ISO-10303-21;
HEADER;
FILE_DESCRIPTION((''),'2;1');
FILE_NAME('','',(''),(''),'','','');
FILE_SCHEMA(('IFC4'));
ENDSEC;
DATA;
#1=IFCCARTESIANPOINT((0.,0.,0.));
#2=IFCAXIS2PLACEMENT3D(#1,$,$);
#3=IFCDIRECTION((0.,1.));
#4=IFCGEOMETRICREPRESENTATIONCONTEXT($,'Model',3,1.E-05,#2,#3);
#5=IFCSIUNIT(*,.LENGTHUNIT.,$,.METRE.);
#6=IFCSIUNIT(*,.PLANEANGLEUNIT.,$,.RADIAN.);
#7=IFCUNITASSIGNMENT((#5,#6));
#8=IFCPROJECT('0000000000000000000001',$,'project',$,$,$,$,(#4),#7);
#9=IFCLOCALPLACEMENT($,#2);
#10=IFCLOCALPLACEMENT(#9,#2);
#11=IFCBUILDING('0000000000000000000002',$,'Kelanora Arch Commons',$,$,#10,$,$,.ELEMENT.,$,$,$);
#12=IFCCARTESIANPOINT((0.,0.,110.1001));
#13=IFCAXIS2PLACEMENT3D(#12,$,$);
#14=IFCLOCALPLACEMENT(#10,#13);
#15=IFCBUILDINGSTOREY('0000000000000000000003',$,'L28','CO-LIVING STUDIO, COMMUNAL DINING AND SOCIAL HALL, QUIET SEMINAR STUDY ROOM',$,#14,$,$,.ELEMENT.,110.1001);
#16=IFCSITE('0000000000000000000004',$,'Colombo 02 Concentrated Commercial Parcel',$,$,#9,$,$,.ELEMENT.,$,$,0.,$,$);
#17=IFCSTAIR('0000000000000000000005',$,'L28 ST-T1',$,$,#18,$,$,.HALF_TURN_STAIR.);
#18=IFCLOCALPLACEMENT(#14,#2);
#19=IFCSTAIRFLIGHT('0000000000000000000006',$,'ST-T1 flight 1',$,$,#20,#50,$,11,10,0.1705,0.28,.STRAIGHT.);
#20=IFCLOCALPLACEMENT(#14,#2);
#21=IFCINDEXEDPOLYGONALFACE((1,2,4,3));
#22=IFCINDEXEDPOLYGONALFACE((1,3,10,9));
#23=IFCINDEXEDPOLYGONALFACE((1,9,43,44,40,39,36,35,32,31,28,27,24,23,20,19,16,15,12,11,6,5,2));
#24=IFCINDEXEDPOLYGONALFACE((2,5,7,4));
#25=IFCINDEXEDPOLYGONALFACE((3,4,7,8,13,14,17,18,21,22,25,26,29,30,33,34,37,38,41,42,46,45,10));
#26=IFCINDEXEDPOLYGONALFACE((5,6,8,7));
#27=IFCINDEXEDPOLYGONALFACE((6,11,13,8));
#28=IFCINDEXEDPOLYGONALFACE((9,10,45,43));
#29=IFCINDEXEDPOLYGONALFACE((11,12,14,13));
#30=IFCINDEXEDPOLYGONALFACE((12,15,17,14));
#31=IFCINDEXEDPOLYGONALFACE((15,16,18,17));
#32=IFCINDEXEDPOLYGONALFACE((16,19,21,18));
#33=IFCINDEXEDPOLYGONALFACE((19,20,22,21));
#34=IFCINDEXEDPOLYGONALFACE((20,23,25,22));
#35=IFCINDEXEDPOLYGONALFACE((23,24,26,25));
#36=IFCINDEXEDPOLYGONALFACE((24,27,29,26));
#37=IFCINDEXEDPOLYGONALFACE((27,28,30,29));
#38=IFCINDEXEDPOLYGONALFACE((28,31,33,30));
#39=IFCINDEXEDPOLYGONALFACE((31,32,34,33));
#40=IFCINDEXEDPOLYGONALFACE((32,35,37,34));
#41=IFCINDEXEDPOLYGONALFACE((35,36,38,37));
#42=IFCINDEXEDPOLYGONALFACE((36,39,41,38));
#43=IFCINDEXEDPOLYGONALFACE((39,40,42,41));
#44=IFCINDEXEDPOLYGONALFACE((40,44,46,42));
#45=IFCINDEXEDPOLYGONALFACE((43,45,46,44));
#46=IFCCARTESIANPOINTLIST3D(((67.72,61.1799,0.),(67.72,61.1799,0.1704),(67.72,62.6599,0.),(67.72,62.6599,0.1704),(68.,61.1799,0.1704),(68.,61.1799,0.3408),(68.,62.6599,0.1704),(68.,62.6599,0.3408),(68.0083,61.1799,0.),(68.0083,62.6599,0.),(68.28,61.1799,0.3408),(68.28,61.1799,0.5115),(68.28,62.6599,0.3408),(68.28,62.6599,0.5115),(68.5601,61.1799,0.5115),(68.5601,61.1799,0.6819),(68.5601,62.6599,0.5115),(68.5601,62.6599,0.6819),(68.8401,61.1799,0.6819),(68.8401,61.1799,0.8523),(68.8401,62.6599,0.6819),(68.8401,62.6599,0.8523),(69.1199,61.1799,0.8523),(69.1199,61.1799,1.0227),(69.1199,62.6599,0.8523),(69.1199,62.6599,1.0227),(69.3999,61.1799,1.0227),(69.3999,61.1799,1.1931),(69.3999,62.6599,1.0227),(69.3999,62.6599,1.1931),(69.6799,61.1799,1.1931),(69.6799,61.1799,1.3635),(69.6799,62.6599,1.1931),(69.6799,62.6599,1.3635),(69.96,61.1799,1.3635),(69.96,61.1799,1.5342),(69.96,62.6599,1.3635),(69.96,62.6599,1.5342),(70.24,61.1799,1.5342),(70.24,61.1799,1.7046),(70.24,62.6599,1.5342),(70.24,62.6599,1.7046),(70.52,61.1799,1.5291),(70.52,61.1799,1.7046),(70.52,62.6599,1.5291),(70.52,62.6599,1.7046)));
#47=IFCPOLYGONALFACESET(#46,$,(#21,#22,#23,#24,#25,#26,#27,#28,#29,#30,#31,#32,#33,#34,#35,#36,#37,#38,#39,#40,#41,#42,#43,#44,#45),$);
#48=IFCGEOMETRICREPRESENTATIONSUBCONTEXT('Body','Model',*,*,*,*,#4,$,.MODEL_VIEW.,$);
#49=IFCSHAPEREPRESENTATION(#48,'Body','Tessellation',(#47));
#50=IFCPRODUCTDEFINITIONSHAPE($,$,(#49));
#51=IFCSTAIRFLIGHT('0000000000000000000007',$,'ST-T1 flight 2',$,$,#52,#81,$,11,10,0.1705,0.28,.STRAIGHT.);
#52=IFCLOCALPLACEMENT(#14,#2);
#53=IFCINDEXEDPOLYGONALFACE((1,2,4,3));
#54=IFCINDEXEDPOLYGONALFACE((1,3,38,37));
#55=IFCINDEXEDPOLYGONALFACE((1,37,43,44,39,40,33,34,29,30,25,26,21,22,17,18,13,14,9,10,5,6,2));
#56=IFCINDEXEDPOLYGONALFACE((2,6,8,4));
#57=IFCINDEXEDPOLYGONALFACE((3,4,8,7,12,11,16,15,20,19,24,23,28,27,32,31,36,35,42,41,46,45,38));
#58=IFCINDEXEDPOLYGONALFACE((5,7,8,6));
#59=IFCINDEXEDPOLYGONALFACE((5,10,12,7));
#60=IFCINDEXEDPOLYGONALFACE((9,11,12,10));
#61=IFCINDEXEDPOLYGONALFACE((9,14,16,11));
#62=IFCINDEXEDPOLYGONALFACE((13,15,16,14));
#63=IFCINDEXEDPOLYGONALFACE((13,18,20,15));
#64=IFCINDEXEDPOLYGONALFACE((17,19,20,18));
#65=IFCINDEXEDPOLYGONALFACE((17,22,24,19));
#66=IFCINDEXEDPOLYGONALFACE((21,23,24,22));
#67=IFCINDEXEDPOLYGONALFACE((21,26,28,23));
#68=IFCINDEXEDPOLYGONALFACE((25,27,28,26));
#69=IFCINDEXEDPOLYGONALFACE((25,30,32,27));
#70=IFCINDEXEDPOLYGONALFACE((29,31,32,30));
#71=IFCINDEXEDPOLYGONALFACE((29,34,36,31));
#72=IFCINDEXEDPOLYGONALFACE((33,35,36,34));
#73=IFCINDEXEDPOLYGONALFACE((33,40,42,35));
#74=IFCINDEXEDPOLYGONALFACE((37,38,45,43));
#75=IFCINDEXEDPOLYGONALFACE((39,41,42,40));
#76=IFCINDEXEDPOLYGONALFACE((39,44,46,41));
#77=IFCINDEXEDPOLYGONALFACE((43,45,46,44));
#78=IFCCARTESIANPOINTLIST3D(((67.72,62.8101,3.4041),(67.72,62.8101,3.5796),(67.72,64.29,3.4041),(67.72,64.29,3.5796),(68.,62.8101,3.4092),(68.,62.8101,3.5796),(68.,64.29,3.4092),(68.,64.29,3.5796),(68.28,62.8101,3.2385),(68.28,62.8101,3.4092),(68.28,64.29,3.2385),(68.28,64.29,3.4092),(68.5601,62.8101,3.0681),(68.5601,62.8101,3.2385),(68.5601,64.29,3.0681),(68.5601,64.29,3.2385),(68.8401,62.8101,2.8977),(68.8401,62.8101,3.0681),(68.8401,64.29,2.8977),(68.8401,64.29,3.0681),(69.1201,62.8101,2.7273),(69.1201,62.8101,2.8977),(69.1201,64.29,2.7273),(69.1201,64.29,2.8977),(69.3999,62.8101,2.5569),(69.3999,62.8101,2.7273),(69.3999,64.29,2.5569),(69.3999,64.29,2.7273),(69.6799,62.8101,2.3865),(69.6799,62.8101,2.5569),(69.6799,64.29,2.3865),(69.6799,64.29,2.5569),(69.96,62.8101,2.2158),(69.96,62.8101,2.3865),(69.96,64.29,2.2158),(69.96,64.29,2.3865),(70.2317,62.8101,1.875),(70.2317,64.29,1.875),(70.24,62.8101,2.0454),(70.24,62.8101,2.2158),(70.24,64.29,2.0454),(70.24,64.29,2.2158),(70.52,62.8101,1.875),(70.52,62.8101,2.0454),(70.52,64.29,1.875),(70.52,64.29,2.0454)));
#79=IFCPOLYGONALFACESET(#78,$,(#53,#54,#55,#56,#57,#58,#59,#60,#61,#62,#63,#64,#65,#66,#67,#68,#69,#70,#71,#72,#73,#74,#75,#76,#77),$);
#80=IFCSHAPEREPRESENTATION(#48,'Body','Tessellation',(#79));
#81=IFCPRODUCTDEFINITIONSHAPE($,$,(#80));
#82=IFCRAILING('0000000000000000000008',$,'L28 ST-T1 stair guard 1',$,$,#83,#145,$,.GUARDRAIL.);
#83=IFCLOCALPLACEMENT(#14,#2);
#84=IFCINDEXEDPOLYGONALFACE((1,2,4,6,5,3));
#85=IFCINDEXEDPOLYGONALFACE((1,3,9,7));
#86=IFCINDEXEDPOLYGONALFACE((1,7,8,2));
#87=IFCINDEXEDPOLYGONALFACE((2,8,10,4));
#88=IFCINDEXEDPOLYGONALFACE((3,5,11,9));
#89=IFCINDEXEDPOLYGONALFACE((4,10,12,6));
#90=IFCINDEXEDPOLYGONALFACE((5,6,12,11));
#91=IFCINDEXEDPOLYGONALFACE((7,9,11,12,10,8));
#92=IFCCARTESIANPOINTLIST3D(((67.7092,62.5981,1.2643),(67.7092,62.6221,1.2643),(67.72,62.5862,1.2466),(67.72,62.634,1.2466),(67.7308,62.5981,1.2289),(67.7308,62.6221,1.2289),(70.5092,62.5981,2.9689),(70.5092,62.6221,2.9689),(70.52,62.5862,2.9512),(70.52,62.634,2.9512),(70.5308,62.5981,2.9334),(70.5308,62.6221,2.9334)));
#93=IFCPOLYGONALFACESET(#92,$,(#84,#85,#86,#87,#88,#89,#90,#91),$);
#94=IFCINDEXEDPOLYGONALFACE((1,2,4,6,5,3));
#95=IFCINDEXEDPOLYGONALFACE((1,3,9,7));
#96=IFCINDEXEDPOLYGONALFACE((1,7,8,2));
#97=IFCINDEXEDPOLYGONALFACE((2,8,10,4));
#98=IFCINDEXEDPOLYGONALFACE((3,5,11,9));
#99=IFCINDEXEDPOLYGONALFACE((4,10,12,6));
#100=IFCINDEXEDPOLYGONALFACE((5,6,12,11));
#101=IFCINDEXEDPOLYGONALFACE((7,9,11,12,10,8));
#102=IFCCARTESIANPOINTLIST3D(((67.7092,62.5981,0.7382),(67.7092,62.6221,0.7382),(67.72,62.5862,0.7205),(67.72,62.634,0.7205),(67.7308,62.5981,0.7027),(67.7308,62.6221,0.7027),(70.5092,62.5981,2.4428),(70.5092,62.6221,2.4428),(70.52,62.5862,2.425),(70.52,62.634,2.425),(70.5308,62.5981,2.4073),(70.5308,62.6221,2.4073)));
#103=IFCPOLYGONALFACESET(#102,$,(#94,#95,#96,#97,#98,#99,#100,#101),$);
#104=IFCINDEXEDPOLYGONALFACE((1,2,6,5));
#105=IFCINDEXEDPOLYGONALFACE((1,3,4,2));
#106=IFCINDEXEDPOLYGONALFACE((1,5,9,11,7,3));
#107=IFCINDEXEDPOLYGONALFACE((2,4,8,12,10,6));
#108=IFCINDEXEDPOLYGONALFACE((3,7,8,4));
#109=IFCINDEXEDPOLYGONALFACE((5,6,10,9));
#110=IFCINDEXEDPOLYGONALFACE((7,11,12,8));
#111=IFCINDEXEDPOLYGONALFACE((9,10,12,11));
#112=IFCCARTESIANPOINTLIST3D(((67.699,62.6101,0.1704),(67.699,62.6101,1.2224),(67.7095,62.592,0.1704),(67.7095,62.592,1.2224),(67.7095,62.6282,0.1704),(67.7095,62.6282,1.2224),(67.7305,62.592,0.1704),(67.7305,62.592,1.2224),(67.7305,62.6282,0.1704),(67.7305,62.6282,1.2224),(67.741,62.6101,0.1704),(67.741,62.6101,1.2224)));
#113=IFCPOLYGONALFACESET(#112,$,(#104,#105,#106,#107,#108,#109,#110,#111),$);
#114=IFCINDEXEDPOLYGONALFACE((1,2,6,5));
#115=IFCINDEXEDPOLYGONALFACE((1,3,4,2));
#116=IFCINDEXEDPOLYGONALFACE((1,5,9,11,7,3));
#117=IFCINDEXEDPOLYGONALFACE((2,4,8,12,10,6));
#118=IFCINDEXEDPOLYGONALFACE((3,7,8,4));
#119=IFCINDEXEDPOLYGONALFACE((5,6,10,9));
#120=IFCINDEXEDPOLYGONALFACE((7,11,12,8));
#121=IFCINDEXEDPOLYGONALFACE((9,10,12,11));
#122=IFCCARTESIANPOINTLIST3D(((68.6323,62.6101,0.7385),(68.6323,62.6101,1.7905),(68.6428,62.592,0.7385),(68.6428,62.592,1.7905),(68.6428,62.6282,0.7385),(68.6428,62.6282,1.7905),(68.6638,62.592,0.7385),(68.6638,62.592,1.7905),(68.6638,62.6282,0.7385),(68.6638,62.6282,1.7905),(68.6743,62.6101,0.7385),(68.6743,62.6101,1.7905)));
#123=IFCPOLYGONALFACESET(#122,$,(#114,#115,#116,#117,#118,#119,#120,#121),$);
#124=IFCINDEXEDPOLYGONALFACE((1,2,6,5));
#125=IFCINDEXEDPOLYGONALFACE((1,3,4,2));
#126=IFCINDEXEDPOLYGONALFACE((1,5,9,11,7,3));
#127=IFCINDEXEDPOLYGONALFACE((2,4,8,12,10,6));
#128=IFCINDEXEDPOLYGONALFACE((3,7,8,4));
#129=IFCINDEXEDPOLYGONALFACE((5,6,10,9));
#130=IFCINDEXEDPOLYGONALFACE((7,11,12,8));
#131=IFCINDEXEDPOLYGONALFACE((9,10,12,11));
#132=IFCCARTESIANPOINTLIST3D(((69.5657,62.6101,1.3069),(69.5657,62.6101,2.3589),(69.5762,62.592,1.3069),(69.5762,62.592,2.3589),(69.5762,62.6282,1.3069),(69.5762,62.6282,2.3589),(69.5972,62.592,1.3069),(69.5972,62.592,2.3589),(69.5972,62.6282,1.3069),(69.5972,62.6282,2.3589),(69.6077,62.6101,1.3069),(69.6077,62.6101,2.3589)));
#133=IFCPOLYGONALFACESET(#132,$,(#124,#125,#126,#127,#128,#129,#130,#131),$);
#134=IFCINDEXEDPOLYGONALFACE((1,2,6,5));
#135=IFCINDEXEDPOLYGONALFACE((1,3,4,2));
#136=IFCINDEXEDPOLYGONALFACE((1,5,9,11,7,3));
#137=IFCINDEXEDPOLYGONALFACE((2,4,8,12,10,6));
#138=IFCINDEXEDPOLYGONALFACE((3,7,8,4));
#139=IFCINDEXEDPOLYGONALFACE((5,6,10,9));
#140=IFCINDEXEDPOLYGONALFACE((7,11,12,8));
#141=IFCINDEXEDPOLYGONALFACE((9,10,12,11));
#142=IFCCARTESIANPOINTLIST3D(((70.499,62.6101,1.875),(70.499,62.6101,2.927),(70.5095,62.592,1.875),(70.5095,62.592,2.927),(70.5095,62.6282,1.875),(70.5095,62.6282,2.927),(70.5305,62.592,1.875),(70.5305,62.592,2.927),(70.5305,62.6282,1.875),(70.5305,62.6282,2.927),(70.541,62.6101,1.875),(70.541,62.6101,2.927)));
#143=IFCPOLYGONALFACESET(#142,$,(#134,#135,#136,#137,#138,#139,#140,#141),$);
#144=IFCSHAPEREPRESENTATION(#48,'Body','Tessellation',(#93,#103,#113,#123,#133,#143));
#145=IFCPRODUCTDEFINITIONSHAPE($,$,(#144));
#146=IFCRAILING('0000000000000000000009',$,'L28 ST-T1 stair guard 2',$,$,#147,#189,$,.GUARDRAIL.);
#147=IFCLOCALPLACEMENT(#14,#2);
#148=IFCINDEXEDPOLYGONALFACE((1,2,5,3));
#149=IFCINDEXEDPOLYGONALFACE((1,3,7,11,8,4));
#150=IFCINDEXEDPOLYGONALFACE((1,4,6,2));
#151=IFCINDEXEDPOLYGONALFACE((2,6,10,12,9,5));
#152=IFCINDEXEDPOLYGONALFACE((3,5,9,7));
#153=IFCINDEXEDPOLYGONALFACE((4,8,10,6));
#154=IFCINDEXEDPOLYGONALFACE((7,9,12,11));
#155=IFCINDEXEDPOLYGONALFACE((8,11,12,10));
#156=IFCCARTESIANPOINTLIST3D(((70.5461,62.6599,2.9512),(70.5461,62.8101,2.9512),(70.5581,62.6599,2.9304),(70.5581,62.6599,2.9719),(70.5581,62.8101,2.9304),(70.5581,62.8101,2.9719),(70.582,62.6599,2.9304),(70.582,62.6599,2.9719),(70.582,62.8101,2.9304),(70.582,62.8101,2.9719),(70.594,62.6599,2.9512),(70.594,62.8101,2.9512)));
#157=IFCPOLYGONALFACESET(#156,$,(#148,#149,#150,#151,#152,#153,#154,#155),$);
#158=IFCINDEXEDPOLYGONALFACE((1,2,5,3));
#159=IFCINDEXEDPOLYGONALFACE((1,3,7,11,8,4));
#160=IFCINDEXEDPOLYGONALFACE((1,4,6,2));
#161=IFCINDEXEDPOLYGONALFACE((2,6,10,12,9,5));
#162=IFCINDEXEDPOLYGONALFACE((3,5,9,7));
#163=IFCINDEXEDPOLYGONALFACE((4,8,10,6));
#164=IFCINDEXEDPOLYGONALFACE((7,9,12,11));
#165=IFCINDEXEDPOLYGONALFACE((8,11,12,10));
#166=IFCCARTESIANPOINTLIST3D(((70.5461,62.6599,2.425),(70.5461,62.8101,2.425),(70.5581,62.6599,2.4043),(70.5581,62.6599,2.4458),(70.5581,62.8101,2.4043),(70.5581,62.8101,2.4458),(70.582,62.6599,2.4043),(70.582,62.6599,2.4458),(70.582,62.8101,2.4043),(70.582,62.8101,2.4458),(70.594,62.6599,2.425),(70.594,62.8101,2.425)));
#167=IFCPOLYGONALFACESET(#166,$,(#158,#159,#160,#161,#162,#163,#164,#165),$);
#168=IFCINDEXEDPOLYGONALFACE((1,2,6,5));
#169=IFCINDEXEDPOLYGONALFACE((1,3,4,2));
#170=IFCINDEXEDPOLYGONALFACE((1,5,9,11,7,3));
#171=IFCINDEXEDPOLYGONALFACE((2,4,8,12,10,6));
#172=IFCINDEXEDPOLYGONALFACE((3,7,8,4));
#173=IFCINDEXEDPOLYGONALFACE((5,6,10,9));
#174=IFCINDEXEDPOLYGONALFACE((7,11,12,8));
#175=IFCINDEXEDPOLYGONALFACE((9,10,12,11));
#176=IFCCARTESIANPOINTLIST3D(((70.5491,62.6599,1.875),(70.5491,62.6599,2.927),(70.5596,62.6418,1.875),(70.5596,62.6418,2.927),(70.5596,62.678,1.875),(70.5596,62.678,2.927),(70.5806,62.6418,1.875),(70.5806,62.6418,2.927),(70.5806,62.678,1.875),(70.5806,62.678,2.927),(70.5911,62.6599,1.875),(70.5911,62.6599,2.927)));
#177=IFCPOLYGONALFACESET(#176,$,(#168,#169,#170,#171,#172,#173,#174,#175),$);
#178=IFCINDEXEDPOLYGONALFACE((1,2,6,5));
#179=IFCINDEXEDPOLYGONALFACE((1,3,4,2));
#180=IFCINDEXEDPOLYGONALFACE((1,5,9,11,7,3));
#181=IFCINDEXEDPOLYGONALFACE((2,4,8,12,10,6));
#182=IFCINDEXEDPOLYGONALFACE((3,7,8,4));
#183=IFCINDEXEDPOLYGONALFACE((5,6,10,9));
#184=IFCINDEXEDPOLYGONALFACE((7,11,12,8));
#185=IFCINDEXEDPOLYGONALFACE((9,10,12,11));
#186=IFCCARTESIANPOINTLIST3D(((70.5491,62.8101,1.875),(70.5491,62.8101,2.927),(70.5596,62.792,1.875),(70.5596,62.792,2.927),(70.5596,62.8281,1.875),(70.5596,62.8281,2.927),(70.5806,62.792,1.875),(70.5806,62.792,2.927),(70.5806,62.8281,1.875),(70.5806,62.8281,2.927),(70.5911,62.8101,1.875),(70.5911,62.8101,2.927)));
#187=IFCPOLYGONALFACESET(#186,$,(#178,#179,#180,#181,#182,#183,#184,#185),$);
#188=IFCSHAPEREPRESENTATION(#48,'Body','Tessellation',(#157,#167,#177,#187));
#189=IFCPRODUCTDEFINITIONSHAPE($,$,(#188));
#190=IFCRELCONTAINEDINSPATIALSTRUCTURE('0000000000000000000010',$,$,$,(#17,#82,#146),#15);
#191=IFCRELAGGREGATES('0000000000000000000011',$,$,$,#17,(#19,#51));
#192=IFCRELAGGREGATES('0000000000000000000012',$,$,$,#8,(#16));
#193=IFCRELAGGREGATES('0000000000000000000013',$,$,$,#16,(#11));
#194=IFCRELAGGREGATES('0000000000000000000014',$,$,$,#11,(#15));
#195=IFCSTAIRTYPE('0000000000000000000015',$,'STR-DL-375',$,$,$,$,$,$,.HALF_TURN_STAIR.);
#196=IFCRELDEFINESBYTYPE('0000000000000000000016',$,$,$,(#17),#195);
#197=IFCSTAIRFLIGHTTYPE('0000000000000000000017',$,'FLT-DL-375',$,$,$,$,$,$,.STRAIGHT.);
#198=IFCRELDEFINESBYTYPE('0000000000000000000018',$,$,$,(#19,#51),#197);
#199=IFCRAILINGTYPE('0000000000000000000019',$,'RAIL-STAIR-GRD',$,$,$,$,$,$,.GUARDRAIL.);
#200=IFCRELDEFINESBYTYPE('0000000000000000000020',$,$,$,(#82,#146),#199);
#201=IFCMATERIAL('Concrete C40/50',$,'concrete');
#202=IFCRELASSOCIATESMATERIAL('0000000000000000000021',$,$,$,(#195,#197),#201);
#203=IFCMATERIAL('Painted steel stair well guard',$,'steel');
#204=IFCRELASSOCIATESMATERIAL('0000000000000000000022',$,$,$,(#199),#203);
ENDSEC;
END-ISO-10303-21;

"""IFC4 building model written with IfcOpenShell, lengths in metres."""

from ifc_helpers import new_model, si_unit, direction, frame, origin, place, context, subcontext, project, spatial, polyline, outline, extrude, material, type_object, element, aggregate, save


model = new_model("IFC4")

# Units and contexts
model_context = context("Model", 3, precision=1e-05, world=origin(), true_north=direction((0.0, 1.0)))
body_context = subcontext(model_context, "Body", "Model", "MODEL_VIEW")
ifc_project = project(units=[si_unit("LENGTHUNIT", "METRE"), si_unit("PLANEANGLEUNIT", "RADIAN")], contexts=[model_context])

# Site, building, storey
site_placement = place(None, origin())
site = spatial("IfcSite", under=ifc_project, at=site_placement, Name="Colombo 02 Concentrated Commercial Parcel", CompositionType="ELEMENT", RefElevation=0.0)
building_placement = place(site_placement, origin())
building = spatial("IfcBuilding", under=site, at=building_placement, Name="Kelanora Arch Commons", CompositionType="ELEMENT")
storey_placement = place(building_placement, frame((0.0, 0.0, 110.1001)))
storey = spatial("IfcBuildingStorey", under=building, at=storey_placement, Name="L28", Description="CO-LIVING STUDIO, COMMUNAL DINING AND SOCIAL HALL, QUIET SEMINAR STUDY ROOM", CompositionType="ELEMENT", Elevation=110.1001)

# Shared definitions
ifc_material_1 = material(Name="Concrete C40/50", Category="concrete")

# Stair, stair flights
stair_type = type_object("IfcStairType", Name="STR-DL-375", PredefinedType="HALF_TURN_STAIR", material=ifc_material_1)
stair_placement = place(storey_placement, origin())
stair = element("IfcStair", 1, at=stair_placement, inside=storey, type_object=stair_type, Name="L28 ST-T1", PredefinedType="HALF_TURN_STAIR")
stair_flight_type = type_object("IfcStairFlightType", Name="FLT-DL-375", PredefinedType="STRAIGHT", material=ifc_material_1)
stair_flight_1_placement = place(storey_placement, frame((67.72, 61.9199, 0.0), z_axis=(0.0, 0.0, 1.0), x_axis=(1.0, 0.0, 0.0)))
stair_flight_1 = element("IfcStairFlight", 2, at=stair_flight_1_placement, type_object=stair_flight_type, Name="ST-T1 flight 1", NumberOfRisers=11, NumberOfTreads=10, PredefinedType="STRAIGHT", RiserHeight=0.1705, TreadLength=0.28, context=body_context, shape_type="SweptSolid", body=[
    extrude(outline(polyline([(0.0, 0.0), (0.0, 0.1704), (0.28, 0.1704), (0.28, 0.3408), (0.5601, 0.3408), (0.5601, 0.5115), (0.8401, 0.5115), (0.8401, 0.6819), (1.1201, 0.6819), (1.1201, 0.8523), (1.3999, 0.8523), (1.3999, 1.0227), (1.6799, 1.0227), (1.6799, 1.1931), (1.96, 1.1931), (1.96, 1.3635), (2.24, 1.3635), (2.24, 1.5342), (2.52, 1.5342), (2.52, 1.7046), (2.8, 1.7046), (2.8, 1.875), (2.8, 1.5291), (0.2883, 0.0), (0.0, 0.0)])), frame((0.0, 0.74, 0.0), z_axis=(0.0, -1.0, 0.0), x_axis=(1.0, 0.0, 0.0)), (0.0, 0.0, 1.0), 1.48),
])
stair_flight_2_placement = place(storey_placement, frame((70.52, 63.55, 1.875), z_axis=(0.0, 0.0, 1.0), x_axis=(-1.0, 0.0, 0.0)))
stair_flight_2 = element("IfcStairFlight", 3, at=stair_flight_2_placement, type_object=stair_flight_type, Name="ST-T1 flight 2", NumberOfRisers=11, NumberOfTreads=10, PredefinedType="STRAIGHT", RiserHeight=0.1705, TreadLength=0.28, context=body_context, shape_type="SweptSolid", body=[
    extrude(outline(polyline([(0.0, 0.0), (0.0, 0.1704), (0.28, 0.1704), (0.28, 0.3408), (0.5601, 0.3408), (0.5601, 0.5115), (0.8401, 0.5115), (0.8401, 0.6819), (1.1201, 0.6819), (1.1201, 0.8523), (1.3999, 0.8523), (1.3999, 1.0227), (1.6799, 1.0227), (1.6799, 1.1931), (1.96, 1.1931), (1.96, 1.3635), (2.24, 1.3635), (2.24, 1.5342), (2.52, 1.5342), (2.52, 1.7046), (2.8, 1.7046), (2.8, 1.875), (2.8, 1.5291), (0.2883, 0.0), (0.0, 0.0)])), frame((0.0, 0.74, 0.0), z_axis=(0.0, -1.0, 0.0), x_axis=(1.0, 0.0, 0.0)), (0.0, 0.0, 1.0), 1.48),
])
aggregate(stair, [stair_flight_1, stair_flight_2])

# Railings
ifc_material_2 = material(Name="Painted steel stair well guard", Category="steel")
railing_type_1 = type_object("IfcRailingType", Name="RAIL-STAIR-GRD", PredefinedType="GUARDRAIL", material=ifc_material_2)
railing_1_placement = place(storey_placement, frame((67.72, 62.6101, 0.1704)))
element("IfcRailing", 4, at=railing_1_placement, inside=storey, type_object=railing_type_1, Name="L28 ST-T1 stair guard 1", PredefinedType="GUARDRAIL", context=body_context, shape_type="SweptSolid", body=[
    extrude(outline(polyline([(0.0239, 0.0), (0.012, 0.0208), (-0.012, 0.0208), (-0.0239, 0.0), (-0.012, -0.0208), (0.012, -0.0208), (0.0239, 0.0)])), frame((0.0, 0.0, 1.0762), z_axis=(0.85417, 0.0, 0.519994), x_axis=(0.0, 1.0, 0.0)), (0.0, 0.0, 1.0), 3.2781),
    extrude(outline(polyline([(0.0239, 0.0), (0.012, 0.0208), (-0.012, 0.0208), (-0.0239, 0.0), (-0.012, -0.0208), (0.012, -0.0208), (0.0239, 0.0)])), frame((0.0, 0.0, 0.55), z_axis=(0.85417, 0.0, 0.519994), x_axis=(0.0, 1.0, 0.0)), (0.0, 0.0, 1.0), 3.2781),
    extrude(outline(polyline([(0.021, 0.0), (0.0105, 0.0181), (-0.0105, 0.0181), (-0.021, 0.0), (-0.0105, -0.0181), (0.0105, -0.0181), (0.021, 0.0)])), origin(), (0.0, 0.0, 1.0), 1.052),
    extrude(outline(polyline([(0.021, 0.0), (0.0105, 0.0181), (-0.0105, 0.0181), (-0.021, 0.0), (-0.0105, -0.0181), (0.0105, -0.0181), (0.021, 0.0)])), frame((0.9333, 0.0, 0.5681)), (0.0, 0.0, 1.0), 1.052),
    extrude(outline(polyline([(0.021, 0.0), (0.0105, 0.0181), (-0.0105, 0.0181), (-0.021, 0.0), (-0.0105, -0.0181), (0.0105, -0.0181), (0.021, 0.0)])), frame((1.8667, 0.0, 1.1365)), (0.0, 0.0, 1.0), 1.052),
    extrude(outline(polyline([(0.021, 0.0), (0.0105, 0.0181), (-0.0105, 0.0181), (-0.021, 0.0), (-0.0105, -0.0181), (0.0105, -0.0181), (0.021, 0.0)])), frame((2.8, 0.0, 1.7046)), (0.0, 0.0, 1.0), 1.052),
])
railing_2_placement = place(storey_placement, frame((70.5701, 62.6599, 1.875)))
element("IfcRailing", 5, at=railing_2_placement, inside=storey, type_object=railing_type_1, Name="L28 ST-T1 stair guard 2", PredefinedType="GUARDRAIL", context=body_context, shape_type="SweptSolid", body=[
    extrude(outline(polyline([(0.0239, 0.0), (0.012, 0.0208), (-0.012, 0.0208), (-0.0239, 0.0), (-0.012, -0.0208), (0.012, -0.0208), (0.0239, 0.0)])), frame((0.0, 0.0, 1.0762), z_axis=(0.0, 1.0, 0.0), x_axis=(-1.0, 0.0, 0.0)), (0.0, 0.0, 1.0), 0.1501),
    extrude(outline(polyline([(0.0239, 0.0), (0.012, 0.0208), (-0.012, 0.0208), (-0.0239, 0.0), (-0.012, -0.0208), (0.012, -0.0208), (0.0239, 0.0)])), frame((0.0, 0.0, 0.55), z_axis=(0.0, 1.0, 0.0), x_axis=(-1.0, 0.0, 0.0)), (0.0, 0.0, 1.0), 0.1501),
    extrude(outline(polyline([(0.021, 0.0), (0.0105, 0.0181), (-0.0105, 0.0181), (-0.021, 0.0), (-0.0105, -0.0181), (0.0105, -0.0181), (0.021, 0.0)])), origin(), (0.0, 0.0, 1.0), 1.052),
    extrude(outline(polyline([(0.021, 0.0), (0.0105, 0.0181), (-0.0105, 0.0181), (-0.021, 0.0), (-0.0105, -0.0181), (0.0105, -0.0181), (0.021, 0.0)])), frame((0.0, 0.1501, 0.0)), (0.0, 0.0, 1.0), 1.052),
])

save(model, "model.ifc")
